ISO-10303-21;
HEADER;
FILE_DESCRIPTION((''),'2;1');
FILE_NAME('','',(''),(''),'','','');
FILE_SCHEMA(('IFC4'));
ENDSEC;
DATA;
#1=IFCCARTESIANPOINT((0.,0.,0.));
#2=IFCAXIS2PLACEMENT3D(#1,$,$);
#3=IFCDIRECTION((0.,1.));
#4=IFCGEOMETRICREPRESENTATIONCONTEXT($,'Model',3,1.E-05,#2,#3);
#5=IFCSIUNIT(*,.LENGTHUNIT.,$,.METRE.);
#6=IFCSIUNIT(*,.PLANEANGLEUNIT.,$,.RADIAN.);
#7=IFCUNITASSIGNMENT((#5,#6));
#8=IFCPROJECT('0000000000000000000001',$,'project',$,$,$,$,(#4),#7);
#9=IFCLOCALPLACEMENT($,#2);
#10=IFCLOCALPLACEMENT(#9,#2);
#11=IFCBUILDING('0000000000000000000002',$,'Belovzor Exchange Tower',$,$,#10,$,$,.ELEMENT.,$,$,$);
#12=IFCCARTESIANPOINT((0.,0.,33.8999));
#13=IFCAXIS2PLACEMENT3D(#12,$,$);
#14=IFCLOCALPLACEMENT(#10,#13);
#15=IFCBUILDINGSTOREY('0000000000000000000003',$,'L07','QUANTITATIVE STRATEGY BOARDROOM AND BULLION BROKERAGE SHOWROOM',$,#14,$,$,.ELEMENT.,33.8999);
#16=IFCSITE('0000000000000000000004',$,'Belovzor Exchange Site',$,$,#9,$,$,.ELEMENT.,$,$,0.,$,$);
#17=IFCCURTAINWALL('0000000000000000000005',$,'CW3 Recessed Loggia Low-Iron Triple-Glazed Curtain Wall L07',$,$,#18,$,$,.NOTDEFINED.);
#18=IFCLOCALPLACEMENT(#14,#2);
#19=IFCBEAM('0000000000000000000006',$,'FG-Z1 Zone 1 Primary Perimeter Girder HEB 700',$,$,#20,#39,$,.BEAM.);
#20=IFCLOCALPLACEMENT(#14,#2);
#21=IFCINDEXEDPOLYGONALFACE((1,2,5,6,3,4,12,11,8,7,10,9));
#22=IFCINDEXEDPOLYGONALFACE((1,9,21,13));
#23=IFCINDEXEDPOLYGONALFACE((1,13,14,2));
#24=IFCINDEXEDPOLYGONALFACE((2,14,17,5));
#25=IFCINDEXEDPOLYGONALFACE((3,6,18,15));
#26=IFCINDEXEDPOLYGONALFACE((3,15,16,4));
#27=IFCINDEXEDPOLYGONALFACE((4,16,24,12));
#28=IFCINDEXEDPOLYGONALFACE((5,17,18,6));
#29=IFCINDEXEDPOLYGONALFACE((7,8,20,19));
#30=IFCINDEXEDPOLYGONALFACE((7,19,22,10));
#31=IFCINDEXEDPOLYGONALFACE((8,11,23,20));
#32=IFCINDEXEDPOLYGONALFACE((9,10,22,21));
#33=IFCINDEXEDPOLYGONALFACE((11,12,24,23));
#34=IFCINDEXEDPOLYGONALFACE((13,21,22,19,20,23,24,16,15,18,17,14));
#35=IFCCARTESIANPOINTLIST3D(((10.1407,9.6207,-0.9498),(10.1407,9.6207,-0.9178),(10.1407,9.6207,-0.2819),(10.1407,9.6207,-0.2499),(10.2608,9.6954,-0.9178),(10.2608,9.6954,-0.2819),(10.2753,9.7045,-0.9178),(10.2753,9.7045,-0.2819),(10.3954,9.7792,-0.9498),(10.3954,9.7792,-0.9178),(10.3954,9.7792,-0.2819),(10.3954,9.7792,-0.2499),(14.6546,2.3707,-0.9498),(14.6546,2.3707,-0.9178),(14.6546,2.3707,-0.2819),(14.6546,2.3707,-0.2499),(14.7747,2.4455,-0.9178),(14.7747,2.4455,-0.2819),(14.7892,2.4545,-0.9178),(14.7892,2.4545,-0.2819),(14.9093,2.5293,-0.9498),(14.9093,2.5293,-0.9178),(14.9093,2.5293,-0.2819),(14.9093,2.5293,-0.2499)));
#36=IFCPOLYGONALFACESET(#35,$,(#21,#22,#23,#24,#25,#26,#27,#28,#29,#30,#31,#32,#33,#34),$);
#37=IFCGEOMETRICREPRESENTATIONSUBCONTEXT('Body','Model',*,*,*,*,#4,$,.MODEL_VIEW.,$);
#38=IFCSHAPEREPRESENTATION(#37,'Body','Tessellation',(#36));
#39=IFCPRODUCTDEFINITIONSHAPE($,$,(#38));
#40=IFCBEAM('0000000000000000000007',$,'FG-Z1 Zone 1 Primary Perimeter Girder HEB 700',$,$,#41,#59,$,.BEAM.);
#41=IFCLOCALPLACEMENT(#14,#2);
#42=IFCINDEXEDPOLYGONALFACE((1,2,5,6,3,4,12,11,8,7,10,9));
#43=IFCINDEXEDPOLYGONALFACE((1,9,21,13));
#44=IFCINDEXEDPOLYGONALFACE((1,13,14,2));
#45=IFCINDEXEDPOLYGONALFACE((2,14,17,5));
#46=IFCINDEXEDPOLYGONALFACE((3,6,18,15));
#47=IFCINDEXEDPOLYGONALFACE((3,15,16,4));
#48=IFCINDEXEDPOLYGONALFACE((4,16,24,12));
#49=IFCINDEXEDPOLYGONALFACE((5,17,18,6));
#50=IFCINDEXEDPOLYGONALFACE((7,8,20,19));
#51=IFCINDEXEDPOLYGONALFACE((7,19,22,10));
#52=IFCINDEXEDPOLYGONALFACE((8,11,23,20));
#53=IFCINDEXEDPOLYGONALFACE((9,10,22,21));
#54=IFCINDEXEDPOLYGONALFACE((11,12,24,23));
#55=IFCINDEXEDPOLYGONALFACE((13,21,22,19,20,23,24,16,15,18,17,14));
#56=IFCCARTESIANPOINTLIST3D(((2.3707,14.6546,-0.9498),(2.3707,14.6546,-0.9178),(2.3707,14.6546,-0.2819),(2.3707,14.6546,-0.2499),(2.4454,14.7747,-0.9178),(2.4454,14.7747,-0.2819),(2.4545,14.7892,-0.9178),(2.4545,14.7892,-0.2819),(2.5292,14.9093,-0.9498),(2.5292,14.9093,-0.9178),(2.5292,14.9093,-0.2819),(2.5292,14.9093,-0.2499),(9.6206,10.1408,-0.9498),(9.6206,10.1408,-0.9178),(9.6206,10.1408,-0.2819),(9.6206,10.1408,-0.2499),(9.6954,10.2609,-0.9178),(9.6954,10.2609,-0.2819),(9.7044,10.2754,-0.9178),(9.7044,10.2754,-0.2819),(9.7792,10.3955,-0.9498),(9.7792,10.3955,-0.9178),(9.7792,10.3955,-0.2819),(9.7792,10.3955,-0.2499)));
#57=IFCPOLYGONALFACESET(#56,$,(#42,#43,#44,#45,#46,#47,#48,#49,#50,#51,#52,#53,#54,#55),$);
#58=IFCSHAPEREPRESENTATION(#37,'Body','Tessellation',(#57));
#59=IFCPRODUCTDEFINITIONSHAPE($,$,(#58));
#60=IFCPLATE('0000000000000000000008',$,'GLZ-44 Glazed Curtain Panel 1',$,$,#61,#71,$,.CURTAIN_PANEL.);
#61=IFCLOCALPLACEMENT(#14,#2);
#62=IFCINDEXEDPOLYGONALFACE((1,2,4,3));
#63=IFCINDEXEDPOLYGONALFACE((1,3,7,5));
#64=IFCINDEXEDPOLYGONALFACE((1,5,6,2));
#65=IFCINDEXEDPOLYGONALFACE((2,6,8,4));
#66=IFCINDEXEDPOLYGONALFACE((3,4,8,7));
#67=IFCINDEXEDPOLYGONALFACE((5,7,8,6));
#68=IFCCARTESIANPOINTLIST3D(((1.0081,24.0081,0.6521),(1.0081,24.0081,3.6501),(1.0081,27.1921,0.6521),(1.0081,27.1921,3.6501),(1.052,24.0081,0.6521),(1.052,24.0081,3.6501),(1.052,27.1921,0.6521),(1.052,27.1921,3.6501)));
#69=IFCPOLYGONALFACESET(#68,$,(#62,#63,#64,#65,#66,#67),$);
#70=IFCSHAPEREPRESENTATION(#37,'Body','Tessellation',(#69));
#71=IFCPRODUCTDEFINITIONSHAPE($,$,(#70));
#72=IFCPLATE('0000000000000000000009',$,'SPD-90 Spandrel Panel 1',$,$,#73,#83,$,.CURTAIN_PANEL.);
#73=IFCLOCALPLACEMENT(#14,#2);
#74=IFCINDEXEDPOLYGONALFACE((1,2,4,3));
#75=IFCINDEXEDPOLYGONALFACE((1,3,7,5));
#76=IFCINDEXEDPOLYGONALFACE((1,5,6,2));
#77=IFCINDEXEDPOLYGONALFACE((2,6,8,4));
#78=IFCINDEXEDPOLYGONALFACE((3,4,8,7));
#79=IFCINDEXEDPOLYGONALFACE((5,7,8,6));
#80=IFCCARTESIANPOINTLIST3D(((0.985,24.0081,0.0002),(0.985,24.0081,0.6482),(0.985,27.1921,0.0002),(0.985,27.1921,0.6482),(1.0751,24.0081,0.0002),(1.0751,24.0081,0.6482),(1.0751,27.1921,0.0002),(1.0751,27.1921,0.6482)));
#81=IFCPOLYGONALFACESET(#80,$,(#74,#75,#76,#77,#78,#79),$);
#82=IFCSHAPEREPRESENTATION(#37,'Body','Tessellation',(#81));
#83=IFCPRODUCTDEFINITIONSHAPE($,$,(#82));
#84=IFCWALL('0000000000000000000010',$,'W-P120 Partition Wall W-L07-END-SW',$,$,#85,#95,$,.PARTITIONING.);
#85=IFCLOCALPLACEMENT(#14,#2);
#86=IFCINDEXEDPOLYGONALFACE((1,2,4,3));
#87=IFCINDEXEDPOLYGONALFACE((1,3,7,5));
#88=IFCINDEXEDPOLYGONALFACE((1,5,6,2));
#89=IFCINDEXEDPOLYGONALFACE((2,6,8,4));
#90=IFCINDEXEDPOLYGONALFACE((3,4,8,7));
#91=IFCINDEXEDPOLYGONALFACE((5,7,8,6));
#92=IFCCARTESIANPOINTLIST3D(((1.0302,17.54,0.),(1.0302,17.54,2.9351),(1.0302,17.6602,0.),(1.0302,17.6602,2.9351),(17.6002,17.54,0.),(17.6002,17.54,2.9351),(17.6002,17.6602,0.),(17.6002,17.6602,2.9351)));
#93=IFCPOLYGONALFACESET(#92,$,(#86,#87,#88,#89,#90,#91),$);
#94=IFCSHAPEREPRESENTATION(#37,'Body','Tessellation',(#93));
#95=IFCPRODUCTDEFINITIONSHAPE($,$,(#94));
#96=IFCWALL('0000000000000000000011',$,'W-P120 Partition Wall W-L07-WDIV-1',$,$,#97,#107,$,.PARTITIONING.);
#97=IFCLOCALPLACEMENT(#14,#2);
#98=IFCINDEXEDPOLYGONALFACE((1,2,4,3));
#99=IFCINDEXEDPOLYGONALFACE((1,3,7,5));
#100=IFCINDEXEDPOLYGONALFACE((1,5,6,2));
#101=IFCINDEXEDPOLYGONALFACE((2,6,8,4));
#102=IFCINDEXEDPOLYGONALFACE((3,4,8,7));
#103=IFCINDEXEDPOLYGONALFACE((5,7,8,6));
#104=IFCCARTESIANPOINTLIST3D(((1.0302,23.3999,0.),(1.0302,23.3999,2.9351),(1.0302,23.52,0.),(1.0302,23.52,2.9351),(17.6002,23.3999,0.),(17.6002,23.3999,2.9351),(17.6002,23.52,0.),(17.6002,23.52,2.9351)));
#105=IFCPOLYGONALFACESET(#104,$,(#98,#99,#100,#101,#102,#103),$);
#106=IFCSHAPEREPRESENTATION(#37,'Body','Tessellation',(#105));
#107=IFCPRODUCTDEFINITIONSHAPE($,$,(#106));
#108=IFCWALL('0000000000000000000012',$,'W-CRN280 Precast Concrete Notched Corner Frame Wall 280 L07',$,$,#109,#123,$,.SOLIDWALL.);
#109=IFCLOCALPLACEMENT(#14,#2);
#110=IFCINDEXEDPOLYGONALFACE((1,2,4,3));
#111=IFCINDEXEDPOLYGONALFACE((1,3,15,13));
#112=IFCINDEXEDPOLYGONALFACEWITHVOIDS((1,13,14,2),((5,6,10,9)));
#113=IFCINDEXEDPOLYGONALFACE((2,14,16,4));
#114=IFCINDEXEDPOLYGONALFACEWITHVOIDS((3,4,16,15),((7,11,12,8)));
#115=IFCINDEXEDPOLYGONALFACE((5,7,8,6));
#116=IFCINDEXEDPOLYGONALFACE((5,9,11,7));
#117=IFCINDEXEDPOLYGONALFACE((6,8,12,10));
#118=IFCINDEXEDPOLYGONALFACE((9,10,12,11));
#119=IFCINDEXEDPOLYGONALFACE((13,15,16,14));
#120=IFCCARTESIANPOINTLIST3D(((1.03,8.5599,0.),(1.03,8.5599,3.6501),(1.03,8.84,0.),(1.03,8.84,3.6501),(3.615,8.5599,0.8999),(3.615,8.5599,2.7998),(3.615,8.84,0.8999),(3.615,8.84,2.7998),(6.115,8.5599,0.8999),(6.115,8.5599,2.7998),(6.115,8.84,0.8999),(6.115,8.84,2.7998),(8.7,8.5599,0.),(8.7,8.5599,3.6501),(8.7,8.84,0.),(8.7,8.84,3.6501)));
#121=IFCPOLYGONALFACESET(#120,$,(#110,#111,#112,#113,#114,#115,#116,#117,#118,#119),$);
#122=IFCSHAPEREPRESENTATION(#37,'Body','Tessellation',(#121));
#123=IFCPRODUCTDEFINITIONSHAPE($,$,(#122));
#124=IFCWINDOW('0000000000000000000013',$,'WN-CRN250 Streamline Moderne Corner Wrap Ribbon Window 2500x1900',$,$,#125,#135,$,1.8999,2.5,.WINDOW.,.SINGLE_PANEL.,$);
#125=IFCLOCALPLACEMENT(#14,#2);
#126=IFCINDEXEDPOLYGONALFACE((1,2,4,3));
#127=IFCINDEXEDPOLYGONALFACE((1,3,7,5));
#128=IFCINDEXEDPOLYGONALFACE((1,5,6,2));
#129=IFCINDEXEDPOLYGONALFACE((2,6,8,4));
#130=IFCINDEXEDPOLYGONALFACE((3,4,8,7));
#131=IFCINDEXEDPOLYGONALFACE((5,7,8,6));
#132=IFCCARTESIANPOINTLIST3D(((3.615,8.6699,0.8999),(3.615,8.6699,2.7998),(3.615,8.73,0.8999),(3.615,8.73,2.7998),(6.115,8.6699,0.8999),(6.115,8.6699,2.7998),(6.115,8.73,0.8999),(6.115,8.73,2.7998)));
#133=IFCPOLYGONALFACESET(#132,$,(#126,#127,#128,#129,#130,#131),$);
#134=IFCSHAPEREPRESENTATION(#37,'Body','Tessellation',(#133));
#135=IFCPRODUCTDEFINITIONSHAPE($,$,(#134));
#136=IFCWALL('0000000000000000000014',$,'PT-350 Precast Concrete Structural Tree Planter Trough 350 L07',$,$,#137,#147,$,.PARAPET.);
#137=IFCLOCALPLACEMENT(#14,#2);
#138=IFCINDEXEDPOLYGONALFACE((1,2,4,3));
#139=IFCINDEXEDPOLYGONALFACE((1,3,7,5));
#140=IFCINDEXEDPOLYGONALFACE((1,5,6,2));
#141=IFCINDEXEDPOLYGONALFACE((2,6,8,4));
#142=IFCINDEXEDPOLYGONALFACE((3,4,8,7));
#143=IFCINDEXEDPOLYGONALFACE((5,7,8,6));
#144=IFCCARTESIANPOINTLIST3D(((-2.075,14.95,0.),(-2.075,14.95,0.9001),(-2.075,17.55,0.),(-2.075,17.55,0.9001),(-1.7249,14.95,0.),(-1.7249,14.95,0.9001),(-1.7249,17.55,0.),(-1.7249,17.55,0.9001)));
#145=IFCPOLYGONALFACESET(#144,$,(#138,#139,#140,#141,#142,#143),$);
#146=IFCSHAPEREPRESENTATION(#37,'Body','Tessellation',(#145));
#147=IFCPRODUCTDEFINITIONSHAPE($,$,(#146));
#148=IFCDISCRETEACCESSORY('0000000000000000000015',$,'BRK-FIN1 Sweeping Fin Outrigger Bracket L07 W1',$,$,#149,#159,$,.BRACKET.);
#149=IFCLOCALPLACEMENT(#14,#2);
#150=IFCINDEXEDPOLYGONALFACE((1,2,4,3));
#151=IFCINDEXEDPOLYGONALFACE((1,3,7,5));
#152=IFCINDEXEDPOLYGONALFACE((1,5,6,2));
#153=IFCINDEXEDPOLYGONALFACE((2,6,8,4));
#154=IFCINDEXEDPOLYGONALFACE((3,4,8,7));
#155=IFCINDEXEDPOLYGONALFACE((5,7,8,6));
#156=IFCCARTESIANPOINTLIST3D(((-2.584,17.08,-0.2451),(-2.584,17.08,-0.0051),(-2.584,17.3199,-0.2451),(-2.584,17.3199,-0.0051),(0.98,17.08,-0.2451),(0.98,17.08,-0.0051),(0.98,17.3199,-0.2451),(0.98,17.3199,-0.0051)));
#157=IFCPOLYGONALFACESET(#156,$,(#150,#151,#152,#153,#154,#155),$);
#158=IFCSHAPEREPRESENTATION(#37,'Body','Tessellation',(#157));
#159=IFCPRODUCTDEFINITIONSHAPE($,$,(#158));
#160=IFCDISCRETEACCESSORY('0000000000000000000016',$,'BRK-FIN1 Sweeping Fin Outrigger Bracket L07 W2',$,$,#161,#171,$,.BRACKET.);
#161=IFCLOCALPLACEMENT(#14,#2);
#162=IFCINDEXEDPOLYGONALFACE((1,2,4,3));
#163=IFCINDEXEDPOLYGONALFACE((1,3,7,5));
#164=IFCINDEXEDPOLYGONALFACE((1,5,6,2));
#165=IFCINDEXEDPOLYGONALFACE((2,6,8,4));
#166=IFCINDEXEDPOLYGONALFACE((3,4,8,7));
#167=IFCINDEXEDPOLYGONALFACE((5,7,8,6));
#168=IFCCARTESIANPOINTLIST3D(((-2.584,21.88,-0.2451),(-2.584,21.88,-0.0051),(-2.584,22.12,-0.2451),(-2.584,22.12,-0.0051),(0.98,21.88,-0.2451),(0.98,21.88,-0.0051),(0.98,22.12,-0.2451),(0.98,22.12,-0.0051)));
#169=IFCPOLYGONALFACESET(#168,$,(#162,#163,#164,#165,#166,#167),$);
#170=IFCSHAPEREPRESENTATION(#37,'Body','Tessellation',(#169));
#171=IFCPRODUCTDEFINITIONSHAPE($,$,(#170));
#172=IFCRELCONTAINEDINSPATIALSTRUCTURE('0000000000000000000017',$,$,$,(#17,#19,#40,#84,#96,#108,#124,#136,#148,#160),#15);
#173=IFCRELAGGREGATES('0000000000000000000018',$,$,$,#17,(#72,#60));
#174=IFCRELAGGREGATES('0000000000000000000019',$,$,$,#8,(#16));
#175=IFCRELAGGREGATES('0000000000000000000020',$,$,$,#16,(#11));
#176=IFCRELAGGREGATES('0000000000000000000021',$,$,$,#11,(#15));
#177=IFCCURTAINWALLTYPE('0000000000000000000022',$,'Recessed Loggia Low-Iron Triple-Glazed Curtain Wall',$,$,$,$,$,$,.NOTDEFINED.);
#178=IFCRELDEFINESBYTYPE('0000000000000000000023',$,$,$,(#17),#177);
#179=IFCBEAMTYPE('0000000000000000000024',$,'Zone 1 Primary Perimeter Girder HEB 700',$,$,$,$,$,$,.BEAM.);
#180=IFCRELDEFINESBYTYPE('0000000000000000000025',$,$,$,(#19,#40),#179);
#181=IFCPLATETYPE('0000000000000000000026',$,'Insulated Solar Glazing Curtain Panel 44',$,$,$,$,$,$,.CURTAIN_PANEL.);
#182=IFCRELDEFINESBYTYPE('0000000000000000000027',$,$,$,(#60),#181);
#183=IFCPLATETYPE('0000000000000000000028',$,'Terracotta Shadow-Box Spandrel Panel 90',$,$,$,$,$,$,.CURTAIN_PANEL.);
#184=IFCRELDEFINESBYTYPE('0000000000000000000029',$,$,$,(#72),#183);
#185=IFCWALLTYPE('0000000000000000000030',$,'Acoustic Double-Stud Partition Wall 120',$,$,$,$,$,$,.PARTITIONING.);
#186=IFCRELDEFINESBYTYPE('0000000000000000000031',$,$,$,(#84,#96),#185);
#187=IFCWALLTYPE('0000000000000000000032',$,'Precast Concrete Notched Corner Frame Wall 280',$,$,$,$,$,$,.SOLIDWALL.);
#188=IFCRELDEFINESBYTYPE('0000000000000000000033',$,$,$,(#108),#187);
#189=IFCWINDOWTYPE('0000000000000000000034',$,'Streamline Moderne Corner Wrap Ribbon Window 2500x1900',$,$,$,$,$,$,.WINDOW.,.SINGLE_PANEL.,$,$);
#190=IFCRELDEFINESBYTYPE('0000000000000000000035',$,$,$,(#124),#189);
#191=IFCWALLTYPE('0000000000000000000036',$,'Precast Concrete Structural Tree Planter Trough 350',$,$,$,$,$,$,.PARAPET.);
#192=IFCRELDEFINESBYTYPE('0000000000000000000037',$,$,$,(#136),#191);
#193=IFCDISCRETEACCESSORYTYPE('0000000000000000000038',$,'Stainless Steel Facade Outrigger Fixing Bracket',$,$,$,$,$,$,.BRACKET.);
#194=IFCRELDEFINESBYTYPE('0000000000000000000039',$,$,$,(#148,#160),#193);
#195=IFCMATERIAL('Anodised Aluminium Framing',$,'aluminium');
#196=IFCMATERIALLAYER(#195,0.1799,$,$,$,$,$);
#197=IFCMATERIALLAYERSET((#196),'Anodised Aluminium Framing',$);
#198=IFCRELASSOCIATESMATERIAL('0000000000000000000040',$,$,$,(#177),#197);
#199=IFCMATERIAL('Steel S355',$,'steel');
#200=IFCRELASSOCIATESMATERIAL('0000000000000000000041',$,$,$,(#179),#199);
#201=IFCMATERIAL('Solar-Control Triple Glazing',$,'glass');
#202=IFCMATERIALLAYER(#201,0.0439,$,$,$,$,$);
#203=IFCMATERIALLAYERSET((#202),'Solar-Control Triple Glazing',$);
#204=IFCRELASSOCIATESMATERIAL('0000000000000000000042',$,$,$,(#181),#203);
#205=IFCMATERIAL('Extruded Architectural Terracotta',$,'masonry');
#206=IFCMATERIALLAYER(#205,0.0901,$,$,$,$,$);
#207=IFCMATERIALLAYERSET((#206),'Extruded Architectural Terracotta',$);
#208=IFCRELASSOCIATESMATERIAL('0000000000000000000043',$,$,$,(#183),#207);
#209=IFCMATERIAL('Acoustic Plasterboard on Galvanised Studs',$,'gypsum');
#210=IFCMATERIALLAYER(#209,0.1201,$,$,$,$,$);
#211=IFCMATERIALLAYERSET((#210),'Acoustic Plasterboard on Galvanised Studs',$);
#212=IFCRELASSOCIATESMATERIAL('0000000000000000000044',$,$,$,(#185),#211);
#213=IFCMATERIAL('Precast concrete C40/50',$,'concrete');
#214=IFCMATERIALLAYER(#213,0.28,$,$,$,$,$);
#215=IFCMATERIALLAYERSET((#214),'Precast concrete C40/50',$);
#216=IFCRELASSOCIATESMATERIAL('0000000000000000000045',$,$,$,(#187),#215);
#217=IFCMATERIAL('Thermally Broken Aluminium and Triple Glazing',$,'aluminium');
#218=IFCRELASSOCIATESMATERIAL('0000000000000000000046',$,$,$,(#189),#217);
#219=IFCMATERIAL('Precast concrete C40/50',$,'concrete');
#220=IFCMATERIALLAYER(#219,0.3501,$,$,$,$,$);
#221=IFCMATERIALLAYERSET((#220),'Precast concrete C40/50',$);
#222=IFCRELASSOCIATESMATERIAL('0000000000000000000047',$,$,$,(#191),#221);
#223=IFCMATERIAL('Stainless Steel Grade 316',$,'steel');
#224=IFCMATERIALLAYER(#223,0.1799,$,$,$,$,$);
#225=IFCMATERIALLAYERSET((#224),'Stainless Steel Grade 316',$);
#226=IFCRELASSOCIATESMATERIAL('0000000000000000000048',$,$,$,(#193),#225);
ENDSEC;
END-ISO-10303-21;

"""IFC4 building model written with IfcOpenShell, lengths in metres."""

from ifc_helpers import new_model, si_unit, direction, frame, frame_2d, origin, origin_2d, place, context, subcontext, project, spatial, rectangle, i_section, extrude, material, layer, layer_set, material_profile, profile_set, type_object, element, fill, aggregate, save


model = new_model("IFC4")

# Units and contexts
model_context = context("Model", 3, precision=1e-05, world=origin(), true_north=direction((0.0, 1.0)))
body_context = subcontext(model_context, "Body", "Model", "MODEL_VIEW")
ifc_project = project(units=[si_unit("LENGTHUNIT", "METRE"), si_unit("PLANEANGLEUNIT", "RADIAN")], contexts=[model_context])

# Site, building, storey
site_placement = place(None, origin())
site = spatial("IfcSite", under=ifc_project, at=site_placement, Name="Belovzor Exchange Site", CompositionType="ELEMENT", RefElevation=0.0)
building_placement = place(site_placement, origin())
building = spatial("IfcBuilding", under=site, at=building_placement, Name="Belovzor Exchange Tower", CompositionType="ELEMENT")
storey_placement = place(building_placement, frame((0.0, 0.0, 33.8999)))
storey = spatial("IfcBuildingStorey", under=building, at=storey_placement, Name="L07", Description="QUANTITATIVE STRATEGY BOARDROOM AND BULLION BROKERAGE SHOWROOM", CompositionType="ELEMENT", Elevation=33.8999)

# Curtain wall
ifc_material_1 = material(Name="Anodised Aluminium Framing", Category="aluminium")
ifc_layer_1 = layer(ifc_material_1, 0.1799)
ifc_layer_set_1 = layer_set([ifc_layer_1], Name="Anodised Aluminium Framing")
curtain_wall_type = type_object("IfcCurtainWallType", Name="Recessed Loggia Low-Iron Triple-Glazed Curtain Wall", PredefinedType="NOTDEFINED", material=ifc_layer_set_1)
curtain_wall_placement = place(storey_placement, origin())
curtain_wall = element("IfcCurtainWall", 1, at=curtain_wall_placement, inside=storey, type_object=curtain_wall_type, Name="CW3 Recessed Loggia Low-Iron Triple-Glazed Curtain Wall L07", PredefinedType="NOTDEFINED")

# Beams
ifc_material_2 = material(Name="Steel S355", Category="steel")
ifc_material_profile_1 = material_profile(ifc_material_2, i_section(OverallWidth=0.3, OverallDepth=0.7, WebThickness=0.0171, FlangeThickness=0.032, at=origin_2d()))
ifc_profile_set_1 = profile_set([ifc_material_profile_1], Name="Steel S355")
beam_type_1 = type_object("IfcBeamType", Name="Zone 1 Primary Perimeter Girder HEB 700", PredefinedType="BEAM", material=ifc_profile_set_1)
for number, where, z_axis, x_axis, name in (
    (2, (10.2681, 9.7, -0.5999), (0.528539, -0.848909, 0.0), (0.848909, 0.528539, 0.0), "FG-Z1 Zone 1 Primary Perimeter Girder HEB 700"),
    (3, (2.45, 14.782, -0.5999), (0.848909, -0.528539, 0.0), (0.528539, 0.848909, 0.0), "FG-Z1 Zone 1 Primary Perimeter Girder HEB 700"),
):
    element("IfcBeam", number, at=place(storey_placement, frame(where, z_axis=z_axis, x_axis=x_axis)), inside=storey, type_object=beam_type_1, Name=name, PredefinedType="BEAM", context=body_context, shape_type="SweptSolid", body=[
        extrude(i_section(OverallWidth=0.3, OverallDepth=0.7, WebThickness=0.0171, FlangeThickness=0.032, at=origin_2d()), origin(), (0.0, 0.0, 1.0), 8.5403),
    ])

# Plates
ifc_material_3 = material(Name="Solar-Control Triple Glazing", Category="glass")
ifc_layer_2 = layer(ifc_material_3, 0.0439)
ifc_layer_set_2 = layer_set([ifc_layer_2], Name="Solar-Control Triple Glazing")
plate_type_1 = type_object("IfcPlateType", Name="Insulated Solar Glazing Curtain Panel 44", PredefinedType="CURTAIN_PANEL", material=ifc_layer_set_2)
plate_1_placement = place(storey_placement, frame((1.03, 25.6001, 0.6521), z_axis=(0.0, 0.0, 1.0), x_axis=(0.0, 1.0, 0.0)))
plate_1 = element("IfcPlate", 4, at=plate_1_placement, type_object=plate_type_1, Name="GLZ-44 Glazed Curtain Panel 1", PredefinedType="CURTAIN_PANEL", context=body_context, shape_type="SweptSolid", body=[
    extrude(rectangle(XDim=3.1841, YDim=0.0439, at=origin_2d()), origin(), (0.0, 0.0, 1.0), 2.998),
])
ifc_material_4 = material(Name="Extruded Architectural Terracotta", Category="masonry")
ifc_layer_3 = layer(ifc_material_4, 0.0901)
ifc_layer_set_3 = layer_set([ifc_layer_3], Name="Extruded Architectural Terracotta")
plate_type_2 = type_object("IfcPlateType", Name="Terracotta Shadow-Box Spandrel Panel 90", PredefinedType="CURTAIN_PANEL", material=ifc_layer_set_3)
plate_2_placement = place(storey_placement, frame((1.03, 25.6001, 0.0002), z_axis=(0.0, 0.0, 1.0), x_axis=(0.0, 1.0, 0.0)))
plate_2 = element("IfcPlate", 5, at=plate_2_placement, type_object=plate_type_2, Name="SPD-90 Spandrel Panel 1", PredefinedType="CURTAIN_PANEL", context=body_context, shape_type="SweptSolid", body=[
    extrude(rectangle(XDim=3.1841, YDim=0.0901, at=origin_2d()), origin(), (0.0, 0.0, 1.0), 0.6479),
])
aggregate(curtain_wall, [plate_2, plate_1])

# Walls
ifc_material_5 = material(Name="Acoustic Plasterboard on Galvanised Studs", Category="gypsum")
ifc_layer_4 = layer(ifc_material_5, 0.1201)
ifc_layer_set_4 = layer_set([ifc_layer_4], Name="Acoustic Plasterboard on Galvanised Studs")
wall_type_1 = type_object("IfcWallType", Name="Acoustic Double-Stud Partition Wall 120", PredefinedType="PARTITIONING", material=ifc_layer_set_4)
for number, where, z_axis, x_axis, name in (
    (6, (1.03, 17.6001, 0.0), (0.0, 0.0, 1.0), (1.0, 0.0, 0.0), "W-P120 Partition Wall W-L07-END-SW"),
    (7, (1.03, 23.46, 0.0), (0.0, 0.0, 1.0), (1.0, 0.0, 0.0), "W-P120 Partition Wall W-L07-WDIV-1"),
):
    element("IfcWall", number, at=place(storey_placement, frame(where, z_axis=z_axis, x_axis=x_axis)), inside=storey, type_object=wall_type_1, Name=name, PredefinedType="PARTITIONING", context=body_context, shape_type="SweptSolid", body=[
        extrude(rectangle(XDim=16.5701, YDim=0.1201, at=frame_2d((8.2852, 0.0))), origin(), (0.0, 0.0, 1.0), 2.9351),
    ])

# Wall, opening, window
ifc_material_6 = material(Name="Precast concrete C40/50", Category="concrete")
ifc_layer_5 = layer(ifc_material_6, 0.28)
ifc_layer_set_5 = layer_set([ifc_layer_5], Name="Precast concrete C40/50")
wall_type_2 = type_object("IfcWallType", Name="Precast Concrete Notched Corner Frame Wall 280", PredefinedType="SOLIDWALL", material=ifc_layer_set_5)
wall_1_placement = place(storey_placement, frame((8.7, 8.7, 0.0), z_axis=(0.0, 0.0, 1.0), x_axis=(-1.0, 0.0, 0.0)))
wall_1 = element("IfcWall", 8, at=wall_1_placement, inside=storey, type_object=wall_type_2, Name="W-CRN280 Precast Concrete Notched Corner Frame Wall 280 L07", PredefinedType="SOLIDWALL", context=body_context, shape_type="SweptSolid", body=[
    extrude(rectangle(XDim=7.6699, YDim=0.28, at=frame_2d((3.835, 0.0))), origin(), (0.0, 0.0, 1.0), 3.6501),
])
opening_placement = place(wall_1_placement, frame((2.585, 0.0, 0.8999)))
opening = element("IfcOpeningElement", 9, at=opening_placement, cuts=wall_1, PredefinedType="OPENING", context=body_context, shape_type="SweptSolid", body=[
    extrude(rectangle(XDim=2.5, YDim=1.8999, at=frame_2d((1.25, 0.95))), frame((0.0, 0.1499, 0.0), z_axis=(0.0, -1.0, 0.0), x_axis=(1.0, 0.0, 0.0)), (0.0, 0.0, 1.0), 0.3),
])
ifc_material_7 = material(Name="Thermally Broken Aluminium and Triple Glazing", Category="aluminium")
window_type = type_object("IfcWindowType", Name="Streamline Moderne Corner Wrap Ribbon Window 2500x1900", PartitioningType="SINGLE_PANEL", PredefinedType="WINDOW", material=ifc_material_7)
window_placement = place(opening_placement, origin())
window = element("IfcWindow", 10, at=window_placement, inside=storey, type_object=window_type, Name="WN-CRN250 Streamline Moderne Corner Wrap Ribbon Window 2500x1900", OverallHeight=1.8999, OverallWidth=2.5, PartitioningType="SINGLE_PANEL", PredefinedType="WINDOW", context=body_context, shape_type="SweptSolid", body=[
    extrude(rectangle(XDim=2.5, YDim=1.8999, at=frame_2d((1.25, 0.95))), frame((0.0, 0.03, 0.0), z_axis=(0.0, -1.0, 0.0), x_axis=(1.0, 0.0, 0.0)), (0.0, 0.0, 1.0), 0.0601),
])
fill(opening, window)

# Wall
ifc_material_8 = material(Name="Precast concrete C40/50", Category="concrete")
ifc_layer_6 = layer(ifc_material_8, 0.3501)
ifc_layer_set_6 = layer_set([ifc_layer_6], Name="Precast concrete C40/50")
wall_type_3 = type_object("IfcWallType", Name="Precast Concrete Structural Tree Planter Trough 350", PredefinedType="PARAPET", material=ifc_layer_set_6)
wall_2_placement = place(storey_placement, frame((-1.8999, 14.95, 0.0), z_axis=(0.0, 0.0, 1.0), x_axis=(0.0, 1.0, 0.0)))
element("IfcWall", 11, at=wall_2_placement, inside=storey, type_object=wall_type_3, Name="PT-350 Precast Concrete Structural Tree Planter Trough 350 L07", PredefinedType="PARAPET", context=body_context, shape_type="SweptSolid", body=[
    extrude(rectangle(XDim=2.6001, YDim=0.3501, at=frame_2d((1.3, 0.0))), origin(), (0.0, 0.0, 1.0), 0.9001),
])

# Discrete accessories
ifc_material_9 = material(Name="Stainless Steel Grade 316", Category="steel")
ifc_layer_7 = layer(ifc_material_9, 0.1799)
ifc_layer_set_7 = layer_set([ifc_layer_7], Name="Stainless Steel Grade 316")
discrete_accessory_type = type_object("IfcDiscreteAccessoryType", Name="Stainless Steel Facade Outrigger Fixing Bracket", PredefinedType="BRACKET", material=ifc_layer_set_7)
for number, where, z_axis, x_axis, name in (
    (12, (-0.802, 17.2, -0.2451), (0.0, 0.0, 1.0), (1.0, 0.0, 0.0), "BRK-FIN1 Sweeping Fin Outrigger Bracket L07 W1"),
    (13, (-0.802, 22.0, -0.2451), (0.0, 0.0, 1.0), (1.0, 0.0, 0.0), "BRK-FIN1 Sweeping Fin Outrigger Bracket L07 W2"),
):
    element("IfcDiscreteAccessory", number, at=place(storey_placement, frame(where, z_axis=z_axis, x_axis=x_axis)), inside=storey, type_object=discrete_accessory_type, Name=name, PredefinedType="BRACKET", context=body_context, shape_type="SweptSolid", body=[
        extrude(rectangle(XDim=3.564, YDim=0.24, at=origin_2d()), origin(), (0.0, 0.0, 1.0), 0.24),
    ])

save(model, "model.ifc")
